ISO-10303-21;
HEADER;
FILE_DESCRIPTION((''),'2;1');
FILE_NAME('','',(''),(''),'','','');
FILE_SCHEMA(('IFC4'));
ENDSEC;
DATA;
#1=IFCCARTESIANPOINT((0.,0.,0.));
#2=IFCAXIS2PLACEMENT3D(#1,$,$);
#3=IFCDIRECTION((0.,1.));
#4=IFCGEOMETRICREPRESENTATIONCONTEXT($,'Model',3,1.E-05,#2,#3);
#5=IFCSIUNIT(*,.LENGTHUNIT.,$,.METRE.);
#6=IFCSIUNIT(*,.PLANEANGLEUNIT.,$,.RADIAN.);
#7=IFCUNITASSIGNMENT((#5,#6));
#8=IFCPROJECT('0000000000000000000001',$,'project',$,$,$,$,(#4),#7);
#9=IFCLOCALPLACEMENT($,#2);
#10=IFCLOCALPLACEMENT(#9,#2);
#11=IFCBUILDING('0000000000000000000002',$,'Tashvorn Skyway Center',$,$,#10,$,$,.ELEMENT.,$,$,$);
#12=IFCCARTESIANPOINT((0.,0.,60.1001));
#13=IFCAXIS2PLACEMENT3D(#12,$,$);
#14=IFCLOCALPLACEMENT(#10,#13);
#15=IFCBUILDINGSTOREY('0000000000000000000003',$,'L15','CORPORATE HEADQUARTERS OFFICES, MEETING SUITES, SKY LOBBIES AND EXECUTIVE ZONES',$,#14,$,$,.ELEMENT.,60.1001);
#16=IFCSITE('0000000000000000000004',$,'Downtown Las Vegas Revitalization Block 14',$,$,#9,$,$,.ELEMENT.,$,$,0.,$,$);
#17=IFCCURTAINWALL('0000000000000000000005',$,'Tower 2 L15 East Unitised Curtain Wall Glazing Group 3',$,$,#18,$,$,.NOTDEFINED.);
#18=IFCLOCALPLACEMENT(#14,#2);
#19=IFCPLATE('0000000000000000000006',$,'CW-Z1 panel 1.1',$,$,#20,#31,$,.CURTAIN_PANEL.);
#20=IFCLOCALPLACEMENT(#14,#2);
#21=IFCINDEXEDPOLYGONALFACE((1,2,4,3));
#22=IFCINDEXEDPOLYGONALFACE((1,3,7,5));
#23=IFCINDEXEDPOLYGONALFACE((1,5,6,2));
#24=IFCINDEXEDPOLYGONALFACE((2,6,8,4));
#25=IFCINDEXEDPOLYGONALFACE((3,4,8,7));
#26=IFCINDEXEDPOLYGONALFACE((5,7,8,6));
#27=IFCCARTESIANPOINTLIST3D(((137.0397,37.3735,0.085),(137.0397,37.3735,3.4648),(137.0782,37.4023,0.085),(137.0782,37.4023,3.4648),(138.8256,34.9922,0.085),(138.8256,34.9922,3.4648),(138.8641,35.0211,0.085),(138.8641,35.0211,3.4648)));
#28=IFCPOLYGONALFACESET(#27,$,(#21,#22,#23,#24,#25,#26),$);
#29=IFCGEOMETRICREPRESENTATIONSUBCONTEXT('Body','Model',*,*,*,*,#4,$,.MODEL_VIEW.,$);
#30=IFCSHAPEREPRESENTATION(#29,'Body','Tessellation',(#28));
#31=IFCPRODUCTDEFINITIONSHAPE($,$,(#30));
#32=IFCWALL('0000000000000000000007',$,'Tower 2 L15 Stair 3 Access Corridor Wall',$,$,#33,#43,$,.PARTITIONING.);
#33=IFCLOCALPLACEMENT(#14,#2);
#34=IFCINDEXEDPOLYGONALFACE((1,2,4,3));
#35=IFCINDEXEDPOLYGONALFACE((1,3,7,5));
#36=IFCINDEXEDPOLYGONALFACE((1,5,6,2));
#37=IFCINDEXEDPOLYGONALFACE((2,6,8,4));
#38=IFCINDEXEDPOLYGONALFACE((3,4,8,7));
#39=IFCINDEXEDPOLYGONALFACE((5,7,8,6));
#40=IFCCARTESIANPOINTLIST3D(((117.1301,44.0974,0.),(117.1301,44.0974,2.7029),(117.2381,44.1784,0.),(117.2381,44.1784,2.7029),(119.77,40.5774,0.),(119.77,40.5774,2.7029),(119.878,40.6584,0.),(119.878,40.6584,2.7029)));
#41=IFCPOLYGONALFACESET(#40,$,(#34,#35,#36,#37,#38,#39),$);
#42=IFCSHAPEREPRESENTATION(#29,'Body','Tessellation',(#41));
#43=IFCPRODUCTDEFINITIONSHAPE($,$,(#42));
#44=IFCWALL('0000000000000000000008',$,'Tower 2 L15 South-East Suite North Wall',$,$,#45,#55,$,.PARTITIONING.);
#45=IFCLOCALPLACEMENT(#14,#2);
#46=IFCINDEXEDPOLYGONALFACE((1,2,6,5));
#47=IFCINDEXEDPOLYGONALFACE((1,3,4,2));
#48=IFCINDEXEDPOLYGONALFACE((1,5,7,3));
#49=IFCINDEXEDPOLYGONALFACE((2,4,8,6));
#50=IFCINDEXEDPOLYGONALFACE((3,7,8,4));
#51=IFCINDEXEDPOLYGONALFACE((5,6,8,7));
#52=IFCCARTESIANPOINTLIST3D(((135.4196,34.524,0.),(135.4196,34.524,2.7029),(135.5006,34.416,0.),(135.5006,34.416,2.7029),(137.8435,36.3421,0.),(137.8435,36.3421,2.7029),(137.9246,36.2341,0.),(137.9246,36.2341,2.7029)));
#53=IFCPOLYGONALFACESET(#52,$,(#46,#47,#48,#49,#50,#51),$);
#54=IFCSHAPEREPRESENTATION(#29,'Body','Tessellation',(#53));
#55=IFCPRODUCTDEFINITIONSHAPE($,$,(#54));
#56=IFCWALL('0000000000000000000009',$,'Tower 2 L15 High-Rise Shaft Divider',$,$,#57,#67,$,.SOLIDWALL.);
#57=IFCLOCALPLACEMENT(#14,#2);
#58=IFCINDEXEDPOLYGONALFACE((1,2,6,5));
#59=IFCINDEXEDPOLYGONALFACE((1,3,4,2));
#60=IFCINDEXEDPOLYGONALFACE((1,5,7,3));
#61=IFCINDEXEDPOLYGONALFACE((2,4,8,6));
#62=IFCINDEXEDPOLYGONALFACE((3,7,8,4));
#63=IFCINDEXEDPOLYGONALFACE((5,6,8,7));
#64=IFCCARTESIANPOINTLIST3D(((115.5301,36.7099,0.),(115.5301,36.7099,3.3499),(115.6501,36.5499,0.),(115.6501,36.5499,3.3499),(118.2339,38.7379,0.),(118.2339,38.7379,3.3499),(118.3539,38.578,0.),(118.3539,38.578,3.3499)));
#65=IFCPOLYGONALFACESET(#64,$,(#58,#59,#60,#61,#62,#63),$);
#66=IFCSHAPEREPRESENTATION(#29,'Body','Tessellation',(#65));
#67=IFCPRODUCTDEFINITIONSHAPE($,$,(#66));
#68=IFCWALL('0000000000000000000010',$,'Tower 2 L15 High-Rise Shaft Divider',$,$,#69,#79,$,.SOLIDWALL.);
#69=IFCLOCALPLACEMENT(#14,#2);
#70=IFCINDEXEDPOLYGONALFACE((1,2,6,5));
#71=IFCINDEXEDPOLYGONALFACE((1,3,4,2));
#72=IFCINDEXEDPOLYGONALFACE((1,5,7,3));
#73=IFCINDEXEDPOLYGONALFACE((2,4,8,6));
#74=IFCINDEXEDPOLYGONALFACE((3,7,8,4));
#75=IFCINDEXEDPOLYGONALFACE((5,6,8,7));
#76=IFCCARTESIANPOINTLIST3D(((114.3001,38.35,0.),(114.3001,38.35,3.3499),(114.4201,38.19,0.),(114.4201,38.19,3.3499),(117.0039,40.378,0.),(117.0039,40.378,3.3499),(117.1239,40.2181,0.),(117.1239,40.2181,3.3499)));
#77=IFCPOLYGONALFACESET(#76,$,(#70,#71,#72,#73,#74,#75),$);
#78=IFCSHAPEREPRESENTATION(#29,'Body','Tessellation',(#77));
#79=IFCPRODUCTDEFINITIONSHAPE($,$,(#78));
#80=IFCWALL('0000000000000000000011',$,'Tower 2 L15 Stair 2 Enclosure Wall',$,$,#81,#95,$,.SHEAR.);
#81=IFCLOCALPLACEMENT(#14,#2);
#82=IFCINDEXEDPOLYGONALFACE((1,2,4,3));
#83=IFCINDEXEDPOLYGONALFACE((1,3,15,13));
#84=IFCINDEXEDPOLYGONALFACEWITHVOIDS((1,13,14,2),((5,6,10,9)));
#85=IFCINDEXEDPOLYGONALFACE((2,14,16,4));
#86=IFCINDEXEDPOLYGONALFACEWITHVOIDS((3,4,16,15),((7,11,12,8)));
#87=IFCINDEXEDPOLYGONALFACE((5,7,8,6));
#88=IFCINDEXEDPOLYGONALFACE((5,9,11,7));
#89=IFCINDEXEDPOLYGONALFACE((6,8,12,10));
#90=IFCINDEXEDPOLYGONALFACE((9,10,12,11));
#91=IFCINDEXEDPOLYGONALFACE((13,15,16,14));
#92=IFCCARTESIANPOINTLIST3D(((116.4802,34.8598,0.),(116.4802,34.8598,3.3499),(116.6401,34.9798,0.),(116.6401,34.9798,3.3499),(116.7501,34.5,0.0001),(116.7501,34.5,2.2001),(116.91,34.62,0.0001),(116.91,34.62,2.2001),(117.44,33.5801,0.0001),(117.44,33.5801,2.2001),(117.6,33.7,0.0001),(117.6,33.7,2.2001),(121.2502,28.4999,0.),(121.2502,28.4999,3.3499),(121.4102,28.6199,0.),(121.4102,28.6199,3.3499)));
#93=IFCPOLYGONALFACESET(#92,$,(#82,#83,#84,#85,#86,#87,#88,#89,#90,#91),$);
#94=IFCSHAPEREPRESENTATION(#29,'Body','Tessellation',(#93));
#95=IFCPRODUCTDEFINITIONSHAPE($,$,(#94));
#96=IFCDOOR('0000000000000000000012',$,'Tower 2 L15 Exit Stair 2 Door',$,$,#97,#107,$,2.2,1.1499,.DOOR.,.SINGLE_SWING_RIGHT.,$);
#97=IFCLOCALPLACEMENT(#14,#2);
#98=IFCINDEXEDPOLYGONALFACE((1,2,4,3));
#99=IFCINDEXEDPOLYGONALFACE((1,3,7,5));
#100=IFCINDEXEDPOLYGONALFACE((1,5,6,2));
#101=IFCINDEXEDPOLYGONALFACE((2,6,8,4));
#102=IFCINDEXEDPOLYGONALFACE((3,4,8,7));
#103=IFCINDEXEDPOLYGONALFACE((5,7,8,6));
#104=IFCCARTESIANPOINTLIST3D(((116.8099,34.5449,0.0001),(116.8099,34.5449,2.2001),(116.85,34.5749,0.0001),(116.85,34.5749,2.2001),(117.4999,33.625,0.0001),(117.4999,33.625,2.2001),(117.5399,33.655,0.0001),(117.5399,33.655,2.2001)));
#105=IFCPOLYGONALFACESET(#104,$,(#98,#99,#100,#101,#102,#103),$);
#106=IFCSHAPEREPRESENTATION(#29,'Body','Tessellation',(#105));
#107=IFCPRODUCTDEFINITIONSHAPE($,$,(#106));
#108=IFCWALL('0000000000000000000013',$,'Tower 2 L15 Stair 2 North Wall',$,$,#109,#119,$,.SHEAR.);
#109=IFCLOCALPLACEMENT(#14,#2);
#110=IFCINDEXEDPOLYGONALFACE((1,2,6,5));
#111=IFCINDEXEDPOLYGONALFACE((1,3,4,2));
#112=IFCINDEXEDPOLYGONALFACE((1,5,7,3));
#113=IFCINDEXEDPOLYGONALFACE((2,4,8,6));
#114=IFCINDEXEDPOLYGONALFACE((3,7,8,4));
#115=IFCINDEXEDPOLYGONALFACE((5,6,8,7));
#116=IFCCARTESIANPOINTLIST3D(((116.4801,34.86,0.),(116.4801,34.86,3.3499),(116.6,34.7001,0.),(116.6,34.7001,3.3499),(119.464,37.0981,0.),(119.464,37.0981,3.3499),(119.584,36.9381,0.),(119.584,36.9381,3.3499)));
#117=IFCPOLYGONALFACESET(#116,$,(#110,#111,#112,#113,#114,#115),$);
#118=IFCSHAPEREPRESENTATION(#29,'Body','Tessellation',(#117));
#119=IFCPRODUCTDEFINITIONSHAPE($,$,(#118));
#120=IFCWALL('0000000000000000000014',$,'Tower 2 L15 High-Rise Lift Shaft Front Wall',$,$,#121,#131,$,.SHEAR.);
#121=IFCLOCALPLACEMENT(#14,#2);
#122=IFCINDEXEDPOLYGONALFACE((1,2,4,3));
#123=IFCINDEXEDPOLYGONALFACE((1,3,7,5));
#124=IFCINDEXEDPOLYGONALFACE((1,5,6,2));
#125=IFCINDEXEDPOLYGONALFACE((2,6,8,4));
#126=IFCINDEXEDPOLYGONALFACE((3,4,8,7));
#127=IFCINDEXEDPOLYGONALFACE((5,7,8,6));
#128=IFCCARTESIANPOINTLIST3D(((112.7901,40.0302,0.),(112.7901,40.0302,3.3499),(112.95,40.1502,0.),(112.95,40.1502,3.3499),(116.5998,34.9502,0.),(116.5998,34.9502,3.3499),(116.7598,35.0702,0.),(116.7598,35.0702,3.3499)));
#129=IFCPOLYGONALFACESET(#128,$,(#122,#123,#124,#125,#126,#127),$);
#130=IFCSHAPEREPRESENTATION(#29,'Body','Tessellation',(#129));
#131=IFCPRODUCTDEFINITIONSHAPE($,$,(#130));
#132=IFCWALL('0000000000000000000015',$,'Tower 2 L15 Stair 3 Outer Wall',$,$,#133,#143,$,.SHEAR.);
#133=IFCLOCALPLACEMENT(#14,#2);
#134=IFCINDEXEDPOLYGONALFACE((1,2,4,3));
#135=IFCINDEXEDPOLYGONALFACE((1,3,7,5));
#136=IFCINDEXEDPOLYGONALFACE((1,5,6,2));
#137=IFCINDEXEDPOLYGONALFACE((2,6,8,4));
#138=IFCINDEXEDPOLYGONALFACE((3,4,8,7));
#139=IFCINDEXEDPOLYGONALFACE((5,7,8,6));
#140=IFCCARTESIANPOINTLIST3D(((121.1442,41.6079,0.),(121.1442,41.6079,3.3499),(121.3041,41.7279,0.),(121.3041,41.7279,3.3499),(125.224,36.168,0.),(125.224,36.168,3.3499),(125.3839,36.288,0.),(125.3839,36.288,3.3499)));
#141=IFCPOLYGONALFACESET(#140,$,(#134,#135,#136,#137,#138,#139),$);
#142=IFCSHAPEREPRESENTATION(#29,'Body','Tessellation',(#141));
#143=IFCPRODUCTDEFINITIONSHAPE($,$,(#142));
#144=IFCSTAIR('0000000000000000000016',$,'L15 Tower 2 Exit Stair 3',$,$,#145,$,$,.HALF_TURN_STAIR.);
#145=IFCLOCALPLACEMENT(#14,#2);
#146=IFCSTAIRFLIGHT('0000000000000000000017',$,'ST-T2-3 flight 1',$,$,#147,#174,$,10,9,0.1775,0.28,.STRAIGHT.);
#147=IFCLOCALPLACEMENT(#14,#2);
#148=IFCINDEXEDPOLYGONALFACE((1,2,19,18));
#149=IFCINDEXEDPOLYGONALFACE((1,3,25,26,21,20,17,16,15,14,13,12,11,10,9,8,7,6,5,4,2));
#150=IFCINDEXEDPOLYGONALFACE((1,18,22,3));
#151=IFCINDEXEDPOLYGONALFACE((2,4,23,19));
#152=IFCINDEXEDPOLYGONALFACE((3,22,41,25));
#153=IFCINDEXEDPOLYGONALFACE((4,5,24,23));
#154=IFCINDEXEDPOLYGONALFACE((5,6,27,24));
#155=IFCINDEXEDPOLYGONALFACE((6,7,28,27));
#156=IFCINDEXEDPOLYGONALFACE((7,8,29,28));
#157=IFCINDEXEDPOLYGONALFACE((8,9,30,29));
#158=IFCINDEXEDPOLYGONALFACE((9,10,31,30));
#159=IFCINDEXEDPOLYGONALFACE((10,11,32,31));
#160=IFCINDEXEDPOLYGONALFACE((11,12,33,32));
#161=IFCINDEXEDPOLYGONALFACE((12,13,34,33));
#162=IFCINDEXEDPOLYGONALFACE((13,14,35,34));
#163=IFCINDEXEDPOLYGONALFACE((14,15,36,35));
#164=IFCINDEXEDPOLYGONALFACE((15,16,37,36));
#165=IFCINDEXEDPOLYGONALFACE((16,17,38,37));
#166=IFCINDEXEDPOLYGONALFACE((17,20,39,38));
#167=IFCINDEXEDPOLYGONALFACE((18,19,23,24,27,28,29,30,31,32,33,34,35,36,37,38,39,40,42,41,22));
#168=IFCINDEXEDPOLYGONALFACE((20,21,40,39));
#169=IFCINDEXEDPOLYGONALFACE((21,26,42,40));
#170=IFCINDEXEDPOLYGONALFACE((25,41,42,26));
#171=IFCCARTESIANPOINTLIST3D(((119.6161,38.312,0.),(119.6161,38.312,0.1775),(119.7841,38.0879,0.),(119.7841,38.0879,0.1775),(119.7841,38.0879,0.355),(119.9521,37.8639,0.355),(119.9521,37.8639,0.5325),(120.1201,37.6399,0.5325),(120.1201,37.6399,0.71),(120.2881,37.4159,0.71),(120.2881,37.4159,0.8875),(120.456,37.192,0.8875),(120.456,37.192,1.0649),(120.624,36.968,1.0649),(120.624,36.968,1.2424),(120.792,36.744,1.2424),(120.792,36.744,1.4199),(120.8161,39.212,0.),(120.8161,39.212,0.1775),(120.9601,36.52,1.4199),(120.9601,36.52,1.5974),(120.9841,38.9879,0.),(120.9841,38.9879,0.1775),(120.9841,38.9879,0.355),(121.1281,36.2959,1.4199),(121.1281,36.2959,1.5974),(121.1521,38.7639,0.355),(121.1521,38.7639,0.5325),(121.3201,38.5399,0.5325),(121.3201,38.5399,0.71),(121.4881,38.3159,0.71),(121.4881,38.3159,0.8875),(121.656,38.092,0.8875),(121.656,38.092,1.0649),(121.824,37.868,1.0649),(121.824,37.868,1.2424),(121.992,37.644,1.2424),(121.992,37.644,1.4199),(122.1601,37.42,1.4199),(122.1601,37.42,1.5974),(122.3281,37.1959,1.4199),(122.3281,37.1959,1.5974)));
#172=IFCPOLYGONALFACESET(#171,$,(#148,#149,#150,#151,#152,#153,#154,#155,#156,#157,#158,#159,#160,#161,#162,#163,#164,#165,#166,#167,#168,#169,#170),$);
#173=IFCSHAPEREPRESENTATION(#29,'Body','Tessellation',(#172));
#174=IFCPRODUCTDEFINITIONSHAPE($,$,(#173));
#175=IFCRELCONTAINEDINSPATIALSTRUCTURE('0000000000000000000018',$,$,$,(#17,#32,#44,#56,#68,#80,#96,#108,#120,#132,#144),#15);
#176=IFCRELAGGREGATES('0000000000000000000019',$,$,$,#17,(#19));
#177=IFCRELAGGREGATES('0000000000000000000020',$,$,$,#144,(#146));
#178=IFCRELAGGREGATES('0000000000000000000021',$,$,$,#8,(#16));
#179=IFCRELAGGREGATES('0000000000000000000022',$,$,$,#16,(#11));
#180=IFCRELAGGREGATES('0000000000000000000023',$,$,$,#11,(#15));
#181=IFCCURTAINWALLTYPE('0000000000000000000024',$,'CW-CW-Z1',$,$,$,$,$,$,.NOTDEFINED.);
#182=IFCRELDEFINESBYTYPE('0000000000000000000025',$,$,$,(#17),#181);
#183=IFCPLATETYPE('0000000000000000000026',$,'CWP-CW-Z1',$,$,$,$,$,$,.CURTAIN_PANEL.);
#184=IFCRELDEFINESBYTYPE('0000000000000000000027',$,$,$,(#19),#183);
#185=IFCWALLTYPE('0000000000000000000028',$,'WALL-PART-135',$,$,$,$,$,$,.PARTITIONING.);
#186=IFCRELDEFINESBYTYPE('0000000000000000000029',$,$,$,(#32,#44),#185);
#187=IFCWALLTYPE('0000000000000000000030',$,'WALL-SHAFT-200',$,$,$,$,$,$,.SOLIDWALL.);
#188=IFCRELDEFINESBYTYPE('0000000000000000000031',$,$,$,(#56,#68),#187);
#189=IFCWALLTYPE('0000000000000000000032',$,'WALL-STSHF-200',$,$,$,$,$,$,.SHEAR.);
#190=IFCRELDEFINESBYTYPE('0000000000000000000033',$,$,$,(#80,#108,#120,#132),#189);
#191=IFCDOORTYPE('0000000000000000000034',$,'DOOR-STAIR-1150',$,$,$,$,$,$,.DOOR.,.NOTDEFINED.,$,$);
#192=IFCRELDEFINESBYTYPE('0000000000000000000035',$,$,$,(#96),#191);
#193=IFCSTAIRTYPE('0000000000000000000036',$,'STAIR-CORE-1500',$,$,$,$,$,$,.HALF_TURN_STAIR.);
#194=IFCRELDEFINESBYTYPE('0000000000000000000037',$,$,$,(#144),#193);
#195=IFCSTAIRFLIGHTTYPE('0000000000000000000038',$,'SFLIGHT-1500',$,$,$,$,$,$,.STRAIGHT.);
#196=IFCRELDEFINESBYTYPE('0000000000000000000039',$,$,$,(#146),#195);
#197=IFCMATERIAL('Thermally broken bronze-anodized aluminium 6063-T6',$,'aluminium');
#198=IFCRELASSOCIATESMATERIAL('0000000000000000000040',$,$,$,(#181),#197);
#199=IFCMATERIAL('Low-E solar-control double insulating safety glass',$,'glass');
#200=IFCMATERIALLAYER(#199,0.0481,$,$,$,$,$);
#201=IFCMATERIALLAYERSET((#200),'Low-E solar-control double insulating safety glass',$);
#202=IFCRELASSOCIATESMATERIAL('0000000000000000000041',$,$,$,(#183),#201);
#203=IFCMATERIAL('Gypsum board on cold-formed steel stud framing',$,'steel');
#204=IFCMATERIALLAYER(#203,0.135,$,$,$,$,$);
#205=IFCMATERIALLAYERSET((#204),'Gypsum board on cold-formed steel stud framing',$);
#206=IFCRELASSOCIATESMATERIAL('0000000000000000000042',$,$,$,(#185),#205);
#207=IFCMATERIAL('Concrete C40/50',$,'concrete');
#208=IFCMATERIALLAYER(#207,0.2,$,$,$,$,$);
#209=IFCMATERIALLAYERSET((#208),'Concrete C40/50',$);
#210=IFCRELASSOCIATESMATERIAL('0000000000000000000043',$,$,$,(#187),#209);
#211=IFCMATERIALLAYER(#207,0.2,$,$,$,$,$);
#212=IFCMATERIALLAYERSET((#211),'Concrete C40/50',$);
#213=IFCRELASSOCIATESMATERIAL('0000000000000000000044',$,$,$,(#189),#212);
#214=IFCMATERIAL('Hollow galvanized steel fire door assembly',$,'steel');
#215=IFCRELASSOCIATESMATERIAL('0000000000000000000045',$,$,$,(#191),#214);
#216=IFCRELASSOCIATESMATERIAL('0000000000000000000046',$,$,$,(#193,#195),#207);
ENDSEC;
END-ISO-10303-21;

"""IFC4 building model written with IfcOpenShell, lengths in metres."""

from ifc_helpers import new_model, si_unit, direction, frame, frame_2d, origin, origin_2d, place, context, subcontext, project, spatial, polyline, rectangle, outline, extrude, material, layer, layer_set, type_object, element, fill, aggregate, save


model = new_model("IFC4")

# Units and contexts
model_context = context("Model", 3, precision=1e-05, world=origin(), true_north=direction((0.0, 1.0)))
body_context = subcontext(model_context, "Body", "Model", "MODEL_VIEW")
ifc_project = project(units=[si_unit("LENGTHUNIT", "METRE"), si_unit("PLANEANGLEUNIT", "RADIAN")], contexts=[model_context])

# Site, building, storey
site_placement = place(None, origin())
site = spatial("IfcSite", under=ifc_project, at=site_placement, Name="Downtown Las Vegas Revitalization Block 14", CompositionType="ELEMENT", RefElevation=0.0)
building_placement = place(site_placement, origin())
building = spatial("IfcBuilding", under=site, at=building_placement, Name="Tashvorn Skyway Center", CompositionType="ELEMENT")
storey_placement = place(building_placement, frame((0.0, 0.0, 60.1001)))
storey = spatial("IfcBuildingStorey", under=building, at=storey_placement, Name="L15", Description="CORPORATE HEADQUARTERS OFFICES, MEETING SUITES, SKY LOBBIES AND EXECUTIVE ZONES", CompositionType="ELEMENT", Elevation=60.1001)

# Shared definitions
ifc_material_1 = material(Name="Thermally broken bronze-anodized aluminium 6063-T6", Category="aluminium")
curtain_wall_type = type_object("IfcCurtainWallType", Name="CW-CW-Z1", PredefinedType="NOTDEFINED", material=ifc_material_1)

# Curtain wall, plate
curtain_wall_1_placement = place(storey_placement, origin())
curtain_wall_1 = element("IfcCurtainWall", 1, at=curtain_wall_1_placement, inside=storey, type_object=curtain_wall_type, Name="Tower 2 L15 East Unitised Curtain Wall Glazing Group 3", PredefinedType="NOTDEFINED")
ifc_material_2 = material(Name="Low-E solar-control double insulating safety glass", Category="glass")
ifc_layer_1 = layer(ifc_material_2, 0.0481)
ifc_layer_set_1 = layer_set([ifc_layer_1], Name="Low-E solar-control double insulating safety glass")
plate_type = type_object("IfcPlateType", Name="CWP-CW-Z1", PredefinedType="CURTAIN_PANEL", material=ifc_layer_set_1)
plate_placement = place(storey_placement, frame((137.9519, 36.1973, 0.085), z_axis=(0.0, 0.0, 1.0), x_axis=(0.600005, -0.799996, 0.0)))
plate = element("IfcPlate", 2, at=plate_placement, type_object=plate_type, Name="CW-Z1 panel 1.1", PredefinedType="CURTAIN_PANEL", context=body_context, shape_type="SweptSolid", body=[
    extrude(rectangle(XDim=2.9766, YDim=0.0481, at=origin_2d()), origin(), (0.0, 0.0, 1.0), 3.3799),
])
aggregate(curtain_wall_1, [plate])

# Walls
ifc_material_3 = material(Name="Gypsum board on cold-formed steel stud framing", Category="steel")
ifc_layer_2 = layer(ifc_material_3, 0.135)
ifc_layer_set_2 = layer_set([ifc_layer_2], Name="Gypsum board on cold-formed steel stud framing")
wall_type_1 = type_object("IfcWallType", Name="WALL-PART-135", PredefinedType="PARTITIONING", material=ifc_layer_set_2)
wall_1_placement = place(storey_placement, frame((119.824, 40.6179, 0.0), z_axis=(0.0, 0.0, 1.0), x_axis=(-0.599982, 0.800013, 0.0)))
element("IfcWall", 3, at=wall_1_placement, inside=storey, type_object=wall_type_1, Name="Tower 2 L15 Stair 3 Access Corridor Wall", PredefinedType="PARTITIONING", context=body_context, shape_type="SweptSolid", body=[
    extrude(rectangle(XDim=4.3999, YDim=0.135, at=frame_2d((2.2, 0.0))), origin(), (0.0, 0.0, 1.0), 2.7029),
])
wall_2_placement = place(storey_placement, frame((135.46, 34.47, 0.0), z_axis=(0.0, 0.0, 1.0), x_axis=(0.79999, 0.600013, 0.0)))
element("IfcWall", 4, at=wall_2_placement, inside=storey, type_object=wall_type_1, Name="Tower 2 L15 South-East Suite North Wall", PredefinedType="PARTITIONING", context=body_context, shape_type="SweptSolid", body=[
    extrude(rectangle(XDim=3.03, YDim=0.135, at=frame_2d((1.5151, 0.0))), origin(), (0.0, 0.0, 1.0), 2.7029),
])
ifc_material_4 = material(Name="Concrete C40/50", Category="concrete")
ifc_layer_3 = layer(ifc_material_4, 0.2)
ifc_layer_set_3 = layer_set([ifc_layer_3], Name="Concrete C40/50")
wall_type_2 = type_object("IfcWallType", Name="WALL-SHAFT-200", PredefinedType="SOLIDWALL", material=ifc_layer_set_3)
for number, where, z_axis, x_axis, name in (
    (5, (115.5901, 36.6299, 0.0), (0.0, 0.0, 1.0), (0.799974, 0.600035, 0.0), "Tower 2 L15 High-Rise Shaft Divider"),
    (6, (114.3601, 38.27, 0.0), (0.0, 0.0, 1.0), (0.799974, 0.600035, 0.0), "Tower 2 L15 High-Rise Shaft Divider"),
):
    element("IfcWall", number, at=place(storey_placement, frame(where, z_axis=z_axis, x_axis=x_axis)), inside=storey, type_object=wall_type_2, Name=name, PredefinedType="SOLIDWALL", context=body_context, shape_type="SweptSolid", body=[
        extrude(rectangle(XDim=3.3799, YDim=0.2, at=frame_2d((1.6899, 0.0))), origin(), (0.0, 0.0, 1.0), 3.3499),
    ])

# Wall, opening, door
ifc_layer_4 = layer(ifc_material_4, 0.2)
ifc_layer_set_4 = layer_set([ifc_layer_4], Name="Concrete C40/50")
wall_type_3 = type_object("IfcWallType", Name="WALL-STSHF-200", PredefinedType="SHEAR", material=ifc_layer_set_4)
wall_3_placement = place(storey_placement, frame((116.5601, 34.9199, 0.0), z_axis=(0.0, 0.0, 1.0), x_axis=(0.60001, -0.799993, 0.0)))
wall_3 = element("IfcWall", 7, at=wall_3_placement, inside=storey, type_object=wall_type_3, Name="Tower 2 L15 Stair 2 Enclosure Wall", PredefinedType="SHEAR", context=body_context, shape_type="SweptSolid", body=[
    extrude(rectangle(XDim=7.95, YDim=0.2, at=frame_2d((3.9751, 0.0))), origin(), (0.0, 0.0, 1.0), 3.3499),
])
opening_placement = place(wall_3_placement, frame((0.45, 0.0, 0.0)))
opening = element("IfcOpeningElement", 8, at=opening_placement, cuts=wall_3, PredefinedType="OPENING", context=body_context, shape_type="SweptSolid", body=[
    extrude(rectangle(XDim=1.1499, YDim=2.2, at=frame_2d((0.575, 1.1001))), frame((0.0, 0.1099, 0.0), z_axis=(0.0, -1.0, 0.0), x_axis=(1.0, 0.0, 0.0)), (0.0, 0.0, 1.0), 0.22),
])
ifc_material_5 = material(Name="Hollow galvanized steel fire door assembly", Category="steel")
door_type = type_object("IfcDoorType", Name="DOOR-STAIR-1150", OperationType="NOTDEFINED", PredefinedType="DOOR", material=ifc_material_5)
door_placement = place(opening_placement, origin())
door = element("IfcDoor", 9, at=door_placement, inside=storey, type_object=door_type, Name="Tower 2 L15 Exit Stair 2 Door", OperationType="SINGLE_SWING_RIGHT", OverallHeight=2.2, OverallWidth=1.1499, PredefinedType="DOOR", context=body_context, shape_type="SweptSolid", body=[
    extrude(rectangle(XDim=1.1499, YDim=2.2, at=frame_2d((0.575, 1.1001))), frame((0.0, 0.0249, 0.0), z_axis=(0.0, -1.0, 0.0), x_axis=(1.0, 0.0, 0.0)), (0.0, 0.0, 1.0), 0.05),
])
fill(opening, door)

# Walls
wall_4_placement = place(storey_placement, frame((116.54, 34.78, 0.0), z_axis=(0.0, 0.0, 1.0), x_axis=(0.799984, 0.600021, 0.0)))
element("IfcWall", 10, at=wall_4_placement, inside=storey, type_object=wall_type_3, Name="Tower 2 L15 Stair 2 North Wall", PredefinedType="SHEAR", context=body_context, shape_type="SweptSolid", body=[
    extrude(rectangle(XDim=3.73, YDim=0.2, at=frame_2d((1.865, 0.0))), origin(), (0.0, 0.0, 1.0), 3.3499),
])
wall_5_placement = place(storey_placement, frame((112.8701, 40.0901, 0.0), z_axis=(0.0, 0.0, 1.0), x_axis=(0.599975, -0.800018, 0.0)))
element("IfcWall", 11, at=wall_5_placement, inside=storey, type_object=wall_type_3, Name="Tower 2 L15 High-Rise Lift Shaft Front Wall", PredefinedType="SHEAR", context=body_context, shape_type="SweptSolid", body=[
    extrude(rectangle(XDim=6.3499, YDim=0.2, at=frame_2d((3.1748, 0.0))), origin(), (0.0, 0.0, 1.0), 3.3499),
])
wall_6_placement = place(storey_placement, frame((125.304, 36.228, 0.0), z_axis=(0.0, 0.0, 1.0), x_axis=(-0.599989, 0.800009, 0.0)))
element("IfcWall", 12, at=wall_6_placement, inside=storey, type_object=wall_type_3, Name="Tower 2 L15 Stair 3 Outer Wall", PredefinedType="SHEAR", context=body_context, shape_type="SweptSolid", body=[
    extrude(rectangle(XDim=6.7998, YDim=0.2, at=frame_2d((3.3999, 0.0))), origin(), (0.0, 0.0, 1.0), 3.3499),
])

# Stair, stair flight
stair_type = type_object("IfcStairType", Name="STAIR-CORE-1500", PredefinedType="HALF_TURN_STAIR", material=ifc_material_4)
stair_placement = place(storey_placement, origin())
stair = element("IfcStair", 13, at=stair_placement, inside=storey, type_object=stair_type, Name="L15 Tower 2 Exit Stair 3", PredefinedType="HALF_TURN_STAIR")
stair_flight_type = type_object("IfcStairFlightType", Name="SFLIGHT-1500", PredefinedType="STRAIGHT", material=ifc_material_4)
stair_flight_1_placement = place(storey_placement, frame((120.2161, 38.762, 0.0), z_axis=(0.0, 0.0, 1.0), x_axis=(0.6, -0.8, 0.0)))
stair_flight_1 = element("IfcStairFlight", 14, at=stair_flight_1_placement, type_object=stair_flight_type, Name="ST-T2-3 flight 1", NumberOfRisers=10, NumberOfTreads=9, PredefinedType="STRAIGHT", RiserHeight=0.1775, TreadLength=0.28, context=body_context, shape_type="SweptSolid", body=[
    extrude(outline(polyline([(0.0, 0.0), (0.0, 0.1775), (0.28, 0.1775), (0.28, 0.355), (0.5601, 0.355), (0.5601, 0.5325), (0.8401, 0.5325), (0.8401, 0.71), (1.1201, 0.71), (1.1201, 0.8875), (1.3999, 0.8875), (1.3999, 1.0649), (1.6799, 1.0649), (1.6799, 1.2424), (1.96, 1.2424), (1.96, 1.4199), (2.24, 1.4199), (2.24, 1.5974), (2.52, 1.5974), (2.52, 1.7749), (2.52, 1.4199), (0.28, 0.0), (0.0, 0.0)])), frame((0.0, 0.75, 0.0), z_axis=(0.0, -1.0, 0.0), x_axis=(1.0, 0.0, 0.0)), (0.0, 0.0, 1.0), 1.5),
])
aggregate(stair, [stair_flight_1])

save(model, "model.ifc")
